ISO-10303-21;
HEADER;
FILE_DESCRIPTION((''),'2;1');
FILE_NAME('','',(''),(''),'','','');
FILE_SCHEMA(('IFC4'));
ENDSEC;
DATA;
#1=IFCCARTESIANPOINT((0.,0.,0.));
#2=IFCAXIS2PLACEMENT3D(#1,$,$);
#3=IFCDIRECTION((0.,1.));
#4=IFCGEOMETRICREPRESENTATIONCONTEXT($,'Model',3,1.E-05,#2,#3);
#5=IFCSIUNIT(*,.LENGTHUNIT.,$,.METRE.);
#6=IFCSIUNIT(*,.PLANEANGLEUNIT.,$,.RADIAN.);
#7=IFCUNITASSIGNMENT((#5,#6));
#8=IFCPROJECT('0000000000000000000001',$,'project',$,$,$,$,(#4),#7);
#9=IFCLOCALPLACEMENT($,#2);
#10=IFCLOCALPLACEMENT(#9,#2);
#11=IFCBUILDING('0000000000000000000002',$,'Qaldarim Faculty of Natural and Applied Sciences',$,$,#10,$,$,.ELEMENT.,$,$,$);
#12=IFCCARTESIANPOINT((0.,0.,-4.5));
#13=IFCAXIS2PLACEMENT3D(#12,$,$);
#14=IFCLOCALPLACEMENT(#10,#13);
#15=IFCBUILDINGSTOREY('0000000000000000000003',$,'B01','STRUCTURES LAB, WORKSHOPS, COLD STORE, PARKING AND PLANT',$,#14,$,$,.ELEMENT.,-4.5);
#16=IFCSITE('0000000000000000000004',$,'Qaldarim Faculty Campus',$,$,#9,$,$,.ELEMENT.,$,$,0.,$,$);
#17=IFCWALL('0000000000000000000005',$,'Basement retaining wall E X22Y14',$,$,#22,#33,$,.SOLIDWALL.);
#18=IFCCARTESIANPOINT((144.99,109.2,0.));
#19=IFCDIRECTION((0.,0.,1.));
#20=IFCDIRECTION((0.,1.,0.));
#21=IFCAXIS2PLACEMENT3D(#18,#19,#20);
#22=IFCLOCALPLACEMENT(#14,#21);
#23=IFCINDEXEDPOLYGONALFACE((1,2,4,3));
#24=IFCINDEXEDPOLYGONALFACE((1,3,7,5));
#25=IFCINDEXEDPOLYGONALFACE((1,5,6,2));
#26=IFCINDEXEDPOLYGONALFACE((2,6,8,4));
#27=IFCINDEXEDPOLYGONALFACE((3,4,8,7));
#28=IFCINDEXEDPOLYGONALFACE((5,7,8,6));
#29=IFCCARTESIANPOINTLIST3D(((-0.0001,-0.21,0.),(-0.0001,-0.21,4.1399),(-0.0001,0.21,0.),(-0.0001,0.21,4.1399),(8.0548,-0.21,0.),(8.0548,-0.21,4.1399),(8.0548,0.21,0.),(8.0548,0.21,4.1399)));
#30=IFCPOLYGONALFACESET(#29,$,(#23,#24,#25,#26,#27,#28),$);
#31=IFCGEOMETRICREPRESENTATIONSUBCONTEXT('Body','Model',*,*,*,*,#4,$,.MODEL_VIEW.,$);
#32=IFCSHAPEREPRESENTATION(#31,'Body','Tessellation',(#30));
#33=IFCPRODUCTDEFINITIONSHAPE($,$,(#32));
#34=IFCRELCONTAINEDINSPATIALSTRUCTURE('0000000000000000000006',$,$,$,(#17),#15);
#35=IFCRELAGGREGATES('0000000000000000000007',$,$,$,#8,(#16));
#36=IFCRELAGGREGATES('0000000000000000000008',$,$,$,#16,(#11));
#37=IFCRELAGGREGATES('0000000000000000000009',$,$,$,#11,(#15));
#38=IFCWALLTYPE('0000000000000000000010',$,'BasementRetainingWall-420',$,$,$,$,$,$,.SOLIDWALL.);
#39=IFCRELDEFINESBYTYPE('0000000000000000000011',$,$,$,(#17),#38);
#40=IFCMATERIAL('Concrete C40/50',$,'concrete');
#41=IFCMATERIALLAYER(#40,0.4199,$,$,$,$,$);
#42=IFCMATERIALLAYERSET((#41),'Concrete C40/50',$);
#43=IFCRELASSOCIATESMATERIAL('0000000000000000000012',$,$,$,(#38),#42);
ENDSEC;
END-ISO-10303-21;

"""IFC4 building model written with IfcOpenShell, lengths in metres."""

from ifc_helpers import new_model, si_unit, direction, frame, frame_2d, origin, place, context, subcontext, project, spatial, rectangle, extrude, material, layer, layer_set, type_object, element, save


model = new_model("IFC4")

# Units and contexts
model_context = context("Model", 3, precision=1e-05, world=origin(), true_north=direction((0.0, 1.0)))
body_context = subcontext(model_context, "Body", "Model", "MODEL_VIEW")
ifc_project = project(units=[si_unit("LENGTHUNIT", "METRE"), si_unit("PLANEANGLEUNIT", "RADIAN")], contexts=[model_context])

# Site, building, storey
site_placement = place(None, origin())
site = spatial("IfcSite", under=ifc_project, at=site_placement, Name="Qaldarim Faculty Campus", CompositionType="ELEMENT", RefElevation=0.0)
building_placement = place(site_placement, origin())
building = spatial("IfcBuilding", under=site, at=building_placement, Name="Qaldarim Faculty of Natural and Applied Sciences", CompositionType="ELEMENT")
storey_placement = place(building_placement, frame((0.0, 0.0, -4.5)))
storey = spatial("IfcBuildingStorey", under=building, at=storey_placement, Name="B01", Description="STRUCTURES LAB, WORKSHOPS, COLD STORE, PARKING AND PLANT", CompositionType="ELEMENT", Elevation=-4.5)

# Shared definitions
ifc_material_1 = material(Name="Concrete C40/50", Category="concrete")

# Wall
ifc_layer_1 = layer(ifc_material_1, 0.4199)
ifc_layer_set_1 = layer_set([ifc_layer_1], Name="Concrete C40/50")
wall_type = type_object("IfcWallType", Name="BasementRetainingWall-420", PredefinedType="SOLIDWALL", material=ifc_layer_set_1)
wall_1_placement = place(storey_placement, frame((144.99, 109.2, 0.0), z_axis=(0.0, 0.0, 1.0), x_axis=(0.0, 1.0, 0.0)))
element("IfcWall", 1, at=wall_1_placement, inside=storey, type_object=wall_type, Name="Basement retaining wall E X22Y14", PredefinedType="SOLIDWALL", context=body_context, shape_type="SweptSolid", body=[
    extrude(rectangle(XDim=8.0549, YDim=0.4199, at=frame_2d((4.0273, 0.0))), origin(), (0.0, 0.0, 1.0), 4.1399),
])

save(model, "model.ifc")
